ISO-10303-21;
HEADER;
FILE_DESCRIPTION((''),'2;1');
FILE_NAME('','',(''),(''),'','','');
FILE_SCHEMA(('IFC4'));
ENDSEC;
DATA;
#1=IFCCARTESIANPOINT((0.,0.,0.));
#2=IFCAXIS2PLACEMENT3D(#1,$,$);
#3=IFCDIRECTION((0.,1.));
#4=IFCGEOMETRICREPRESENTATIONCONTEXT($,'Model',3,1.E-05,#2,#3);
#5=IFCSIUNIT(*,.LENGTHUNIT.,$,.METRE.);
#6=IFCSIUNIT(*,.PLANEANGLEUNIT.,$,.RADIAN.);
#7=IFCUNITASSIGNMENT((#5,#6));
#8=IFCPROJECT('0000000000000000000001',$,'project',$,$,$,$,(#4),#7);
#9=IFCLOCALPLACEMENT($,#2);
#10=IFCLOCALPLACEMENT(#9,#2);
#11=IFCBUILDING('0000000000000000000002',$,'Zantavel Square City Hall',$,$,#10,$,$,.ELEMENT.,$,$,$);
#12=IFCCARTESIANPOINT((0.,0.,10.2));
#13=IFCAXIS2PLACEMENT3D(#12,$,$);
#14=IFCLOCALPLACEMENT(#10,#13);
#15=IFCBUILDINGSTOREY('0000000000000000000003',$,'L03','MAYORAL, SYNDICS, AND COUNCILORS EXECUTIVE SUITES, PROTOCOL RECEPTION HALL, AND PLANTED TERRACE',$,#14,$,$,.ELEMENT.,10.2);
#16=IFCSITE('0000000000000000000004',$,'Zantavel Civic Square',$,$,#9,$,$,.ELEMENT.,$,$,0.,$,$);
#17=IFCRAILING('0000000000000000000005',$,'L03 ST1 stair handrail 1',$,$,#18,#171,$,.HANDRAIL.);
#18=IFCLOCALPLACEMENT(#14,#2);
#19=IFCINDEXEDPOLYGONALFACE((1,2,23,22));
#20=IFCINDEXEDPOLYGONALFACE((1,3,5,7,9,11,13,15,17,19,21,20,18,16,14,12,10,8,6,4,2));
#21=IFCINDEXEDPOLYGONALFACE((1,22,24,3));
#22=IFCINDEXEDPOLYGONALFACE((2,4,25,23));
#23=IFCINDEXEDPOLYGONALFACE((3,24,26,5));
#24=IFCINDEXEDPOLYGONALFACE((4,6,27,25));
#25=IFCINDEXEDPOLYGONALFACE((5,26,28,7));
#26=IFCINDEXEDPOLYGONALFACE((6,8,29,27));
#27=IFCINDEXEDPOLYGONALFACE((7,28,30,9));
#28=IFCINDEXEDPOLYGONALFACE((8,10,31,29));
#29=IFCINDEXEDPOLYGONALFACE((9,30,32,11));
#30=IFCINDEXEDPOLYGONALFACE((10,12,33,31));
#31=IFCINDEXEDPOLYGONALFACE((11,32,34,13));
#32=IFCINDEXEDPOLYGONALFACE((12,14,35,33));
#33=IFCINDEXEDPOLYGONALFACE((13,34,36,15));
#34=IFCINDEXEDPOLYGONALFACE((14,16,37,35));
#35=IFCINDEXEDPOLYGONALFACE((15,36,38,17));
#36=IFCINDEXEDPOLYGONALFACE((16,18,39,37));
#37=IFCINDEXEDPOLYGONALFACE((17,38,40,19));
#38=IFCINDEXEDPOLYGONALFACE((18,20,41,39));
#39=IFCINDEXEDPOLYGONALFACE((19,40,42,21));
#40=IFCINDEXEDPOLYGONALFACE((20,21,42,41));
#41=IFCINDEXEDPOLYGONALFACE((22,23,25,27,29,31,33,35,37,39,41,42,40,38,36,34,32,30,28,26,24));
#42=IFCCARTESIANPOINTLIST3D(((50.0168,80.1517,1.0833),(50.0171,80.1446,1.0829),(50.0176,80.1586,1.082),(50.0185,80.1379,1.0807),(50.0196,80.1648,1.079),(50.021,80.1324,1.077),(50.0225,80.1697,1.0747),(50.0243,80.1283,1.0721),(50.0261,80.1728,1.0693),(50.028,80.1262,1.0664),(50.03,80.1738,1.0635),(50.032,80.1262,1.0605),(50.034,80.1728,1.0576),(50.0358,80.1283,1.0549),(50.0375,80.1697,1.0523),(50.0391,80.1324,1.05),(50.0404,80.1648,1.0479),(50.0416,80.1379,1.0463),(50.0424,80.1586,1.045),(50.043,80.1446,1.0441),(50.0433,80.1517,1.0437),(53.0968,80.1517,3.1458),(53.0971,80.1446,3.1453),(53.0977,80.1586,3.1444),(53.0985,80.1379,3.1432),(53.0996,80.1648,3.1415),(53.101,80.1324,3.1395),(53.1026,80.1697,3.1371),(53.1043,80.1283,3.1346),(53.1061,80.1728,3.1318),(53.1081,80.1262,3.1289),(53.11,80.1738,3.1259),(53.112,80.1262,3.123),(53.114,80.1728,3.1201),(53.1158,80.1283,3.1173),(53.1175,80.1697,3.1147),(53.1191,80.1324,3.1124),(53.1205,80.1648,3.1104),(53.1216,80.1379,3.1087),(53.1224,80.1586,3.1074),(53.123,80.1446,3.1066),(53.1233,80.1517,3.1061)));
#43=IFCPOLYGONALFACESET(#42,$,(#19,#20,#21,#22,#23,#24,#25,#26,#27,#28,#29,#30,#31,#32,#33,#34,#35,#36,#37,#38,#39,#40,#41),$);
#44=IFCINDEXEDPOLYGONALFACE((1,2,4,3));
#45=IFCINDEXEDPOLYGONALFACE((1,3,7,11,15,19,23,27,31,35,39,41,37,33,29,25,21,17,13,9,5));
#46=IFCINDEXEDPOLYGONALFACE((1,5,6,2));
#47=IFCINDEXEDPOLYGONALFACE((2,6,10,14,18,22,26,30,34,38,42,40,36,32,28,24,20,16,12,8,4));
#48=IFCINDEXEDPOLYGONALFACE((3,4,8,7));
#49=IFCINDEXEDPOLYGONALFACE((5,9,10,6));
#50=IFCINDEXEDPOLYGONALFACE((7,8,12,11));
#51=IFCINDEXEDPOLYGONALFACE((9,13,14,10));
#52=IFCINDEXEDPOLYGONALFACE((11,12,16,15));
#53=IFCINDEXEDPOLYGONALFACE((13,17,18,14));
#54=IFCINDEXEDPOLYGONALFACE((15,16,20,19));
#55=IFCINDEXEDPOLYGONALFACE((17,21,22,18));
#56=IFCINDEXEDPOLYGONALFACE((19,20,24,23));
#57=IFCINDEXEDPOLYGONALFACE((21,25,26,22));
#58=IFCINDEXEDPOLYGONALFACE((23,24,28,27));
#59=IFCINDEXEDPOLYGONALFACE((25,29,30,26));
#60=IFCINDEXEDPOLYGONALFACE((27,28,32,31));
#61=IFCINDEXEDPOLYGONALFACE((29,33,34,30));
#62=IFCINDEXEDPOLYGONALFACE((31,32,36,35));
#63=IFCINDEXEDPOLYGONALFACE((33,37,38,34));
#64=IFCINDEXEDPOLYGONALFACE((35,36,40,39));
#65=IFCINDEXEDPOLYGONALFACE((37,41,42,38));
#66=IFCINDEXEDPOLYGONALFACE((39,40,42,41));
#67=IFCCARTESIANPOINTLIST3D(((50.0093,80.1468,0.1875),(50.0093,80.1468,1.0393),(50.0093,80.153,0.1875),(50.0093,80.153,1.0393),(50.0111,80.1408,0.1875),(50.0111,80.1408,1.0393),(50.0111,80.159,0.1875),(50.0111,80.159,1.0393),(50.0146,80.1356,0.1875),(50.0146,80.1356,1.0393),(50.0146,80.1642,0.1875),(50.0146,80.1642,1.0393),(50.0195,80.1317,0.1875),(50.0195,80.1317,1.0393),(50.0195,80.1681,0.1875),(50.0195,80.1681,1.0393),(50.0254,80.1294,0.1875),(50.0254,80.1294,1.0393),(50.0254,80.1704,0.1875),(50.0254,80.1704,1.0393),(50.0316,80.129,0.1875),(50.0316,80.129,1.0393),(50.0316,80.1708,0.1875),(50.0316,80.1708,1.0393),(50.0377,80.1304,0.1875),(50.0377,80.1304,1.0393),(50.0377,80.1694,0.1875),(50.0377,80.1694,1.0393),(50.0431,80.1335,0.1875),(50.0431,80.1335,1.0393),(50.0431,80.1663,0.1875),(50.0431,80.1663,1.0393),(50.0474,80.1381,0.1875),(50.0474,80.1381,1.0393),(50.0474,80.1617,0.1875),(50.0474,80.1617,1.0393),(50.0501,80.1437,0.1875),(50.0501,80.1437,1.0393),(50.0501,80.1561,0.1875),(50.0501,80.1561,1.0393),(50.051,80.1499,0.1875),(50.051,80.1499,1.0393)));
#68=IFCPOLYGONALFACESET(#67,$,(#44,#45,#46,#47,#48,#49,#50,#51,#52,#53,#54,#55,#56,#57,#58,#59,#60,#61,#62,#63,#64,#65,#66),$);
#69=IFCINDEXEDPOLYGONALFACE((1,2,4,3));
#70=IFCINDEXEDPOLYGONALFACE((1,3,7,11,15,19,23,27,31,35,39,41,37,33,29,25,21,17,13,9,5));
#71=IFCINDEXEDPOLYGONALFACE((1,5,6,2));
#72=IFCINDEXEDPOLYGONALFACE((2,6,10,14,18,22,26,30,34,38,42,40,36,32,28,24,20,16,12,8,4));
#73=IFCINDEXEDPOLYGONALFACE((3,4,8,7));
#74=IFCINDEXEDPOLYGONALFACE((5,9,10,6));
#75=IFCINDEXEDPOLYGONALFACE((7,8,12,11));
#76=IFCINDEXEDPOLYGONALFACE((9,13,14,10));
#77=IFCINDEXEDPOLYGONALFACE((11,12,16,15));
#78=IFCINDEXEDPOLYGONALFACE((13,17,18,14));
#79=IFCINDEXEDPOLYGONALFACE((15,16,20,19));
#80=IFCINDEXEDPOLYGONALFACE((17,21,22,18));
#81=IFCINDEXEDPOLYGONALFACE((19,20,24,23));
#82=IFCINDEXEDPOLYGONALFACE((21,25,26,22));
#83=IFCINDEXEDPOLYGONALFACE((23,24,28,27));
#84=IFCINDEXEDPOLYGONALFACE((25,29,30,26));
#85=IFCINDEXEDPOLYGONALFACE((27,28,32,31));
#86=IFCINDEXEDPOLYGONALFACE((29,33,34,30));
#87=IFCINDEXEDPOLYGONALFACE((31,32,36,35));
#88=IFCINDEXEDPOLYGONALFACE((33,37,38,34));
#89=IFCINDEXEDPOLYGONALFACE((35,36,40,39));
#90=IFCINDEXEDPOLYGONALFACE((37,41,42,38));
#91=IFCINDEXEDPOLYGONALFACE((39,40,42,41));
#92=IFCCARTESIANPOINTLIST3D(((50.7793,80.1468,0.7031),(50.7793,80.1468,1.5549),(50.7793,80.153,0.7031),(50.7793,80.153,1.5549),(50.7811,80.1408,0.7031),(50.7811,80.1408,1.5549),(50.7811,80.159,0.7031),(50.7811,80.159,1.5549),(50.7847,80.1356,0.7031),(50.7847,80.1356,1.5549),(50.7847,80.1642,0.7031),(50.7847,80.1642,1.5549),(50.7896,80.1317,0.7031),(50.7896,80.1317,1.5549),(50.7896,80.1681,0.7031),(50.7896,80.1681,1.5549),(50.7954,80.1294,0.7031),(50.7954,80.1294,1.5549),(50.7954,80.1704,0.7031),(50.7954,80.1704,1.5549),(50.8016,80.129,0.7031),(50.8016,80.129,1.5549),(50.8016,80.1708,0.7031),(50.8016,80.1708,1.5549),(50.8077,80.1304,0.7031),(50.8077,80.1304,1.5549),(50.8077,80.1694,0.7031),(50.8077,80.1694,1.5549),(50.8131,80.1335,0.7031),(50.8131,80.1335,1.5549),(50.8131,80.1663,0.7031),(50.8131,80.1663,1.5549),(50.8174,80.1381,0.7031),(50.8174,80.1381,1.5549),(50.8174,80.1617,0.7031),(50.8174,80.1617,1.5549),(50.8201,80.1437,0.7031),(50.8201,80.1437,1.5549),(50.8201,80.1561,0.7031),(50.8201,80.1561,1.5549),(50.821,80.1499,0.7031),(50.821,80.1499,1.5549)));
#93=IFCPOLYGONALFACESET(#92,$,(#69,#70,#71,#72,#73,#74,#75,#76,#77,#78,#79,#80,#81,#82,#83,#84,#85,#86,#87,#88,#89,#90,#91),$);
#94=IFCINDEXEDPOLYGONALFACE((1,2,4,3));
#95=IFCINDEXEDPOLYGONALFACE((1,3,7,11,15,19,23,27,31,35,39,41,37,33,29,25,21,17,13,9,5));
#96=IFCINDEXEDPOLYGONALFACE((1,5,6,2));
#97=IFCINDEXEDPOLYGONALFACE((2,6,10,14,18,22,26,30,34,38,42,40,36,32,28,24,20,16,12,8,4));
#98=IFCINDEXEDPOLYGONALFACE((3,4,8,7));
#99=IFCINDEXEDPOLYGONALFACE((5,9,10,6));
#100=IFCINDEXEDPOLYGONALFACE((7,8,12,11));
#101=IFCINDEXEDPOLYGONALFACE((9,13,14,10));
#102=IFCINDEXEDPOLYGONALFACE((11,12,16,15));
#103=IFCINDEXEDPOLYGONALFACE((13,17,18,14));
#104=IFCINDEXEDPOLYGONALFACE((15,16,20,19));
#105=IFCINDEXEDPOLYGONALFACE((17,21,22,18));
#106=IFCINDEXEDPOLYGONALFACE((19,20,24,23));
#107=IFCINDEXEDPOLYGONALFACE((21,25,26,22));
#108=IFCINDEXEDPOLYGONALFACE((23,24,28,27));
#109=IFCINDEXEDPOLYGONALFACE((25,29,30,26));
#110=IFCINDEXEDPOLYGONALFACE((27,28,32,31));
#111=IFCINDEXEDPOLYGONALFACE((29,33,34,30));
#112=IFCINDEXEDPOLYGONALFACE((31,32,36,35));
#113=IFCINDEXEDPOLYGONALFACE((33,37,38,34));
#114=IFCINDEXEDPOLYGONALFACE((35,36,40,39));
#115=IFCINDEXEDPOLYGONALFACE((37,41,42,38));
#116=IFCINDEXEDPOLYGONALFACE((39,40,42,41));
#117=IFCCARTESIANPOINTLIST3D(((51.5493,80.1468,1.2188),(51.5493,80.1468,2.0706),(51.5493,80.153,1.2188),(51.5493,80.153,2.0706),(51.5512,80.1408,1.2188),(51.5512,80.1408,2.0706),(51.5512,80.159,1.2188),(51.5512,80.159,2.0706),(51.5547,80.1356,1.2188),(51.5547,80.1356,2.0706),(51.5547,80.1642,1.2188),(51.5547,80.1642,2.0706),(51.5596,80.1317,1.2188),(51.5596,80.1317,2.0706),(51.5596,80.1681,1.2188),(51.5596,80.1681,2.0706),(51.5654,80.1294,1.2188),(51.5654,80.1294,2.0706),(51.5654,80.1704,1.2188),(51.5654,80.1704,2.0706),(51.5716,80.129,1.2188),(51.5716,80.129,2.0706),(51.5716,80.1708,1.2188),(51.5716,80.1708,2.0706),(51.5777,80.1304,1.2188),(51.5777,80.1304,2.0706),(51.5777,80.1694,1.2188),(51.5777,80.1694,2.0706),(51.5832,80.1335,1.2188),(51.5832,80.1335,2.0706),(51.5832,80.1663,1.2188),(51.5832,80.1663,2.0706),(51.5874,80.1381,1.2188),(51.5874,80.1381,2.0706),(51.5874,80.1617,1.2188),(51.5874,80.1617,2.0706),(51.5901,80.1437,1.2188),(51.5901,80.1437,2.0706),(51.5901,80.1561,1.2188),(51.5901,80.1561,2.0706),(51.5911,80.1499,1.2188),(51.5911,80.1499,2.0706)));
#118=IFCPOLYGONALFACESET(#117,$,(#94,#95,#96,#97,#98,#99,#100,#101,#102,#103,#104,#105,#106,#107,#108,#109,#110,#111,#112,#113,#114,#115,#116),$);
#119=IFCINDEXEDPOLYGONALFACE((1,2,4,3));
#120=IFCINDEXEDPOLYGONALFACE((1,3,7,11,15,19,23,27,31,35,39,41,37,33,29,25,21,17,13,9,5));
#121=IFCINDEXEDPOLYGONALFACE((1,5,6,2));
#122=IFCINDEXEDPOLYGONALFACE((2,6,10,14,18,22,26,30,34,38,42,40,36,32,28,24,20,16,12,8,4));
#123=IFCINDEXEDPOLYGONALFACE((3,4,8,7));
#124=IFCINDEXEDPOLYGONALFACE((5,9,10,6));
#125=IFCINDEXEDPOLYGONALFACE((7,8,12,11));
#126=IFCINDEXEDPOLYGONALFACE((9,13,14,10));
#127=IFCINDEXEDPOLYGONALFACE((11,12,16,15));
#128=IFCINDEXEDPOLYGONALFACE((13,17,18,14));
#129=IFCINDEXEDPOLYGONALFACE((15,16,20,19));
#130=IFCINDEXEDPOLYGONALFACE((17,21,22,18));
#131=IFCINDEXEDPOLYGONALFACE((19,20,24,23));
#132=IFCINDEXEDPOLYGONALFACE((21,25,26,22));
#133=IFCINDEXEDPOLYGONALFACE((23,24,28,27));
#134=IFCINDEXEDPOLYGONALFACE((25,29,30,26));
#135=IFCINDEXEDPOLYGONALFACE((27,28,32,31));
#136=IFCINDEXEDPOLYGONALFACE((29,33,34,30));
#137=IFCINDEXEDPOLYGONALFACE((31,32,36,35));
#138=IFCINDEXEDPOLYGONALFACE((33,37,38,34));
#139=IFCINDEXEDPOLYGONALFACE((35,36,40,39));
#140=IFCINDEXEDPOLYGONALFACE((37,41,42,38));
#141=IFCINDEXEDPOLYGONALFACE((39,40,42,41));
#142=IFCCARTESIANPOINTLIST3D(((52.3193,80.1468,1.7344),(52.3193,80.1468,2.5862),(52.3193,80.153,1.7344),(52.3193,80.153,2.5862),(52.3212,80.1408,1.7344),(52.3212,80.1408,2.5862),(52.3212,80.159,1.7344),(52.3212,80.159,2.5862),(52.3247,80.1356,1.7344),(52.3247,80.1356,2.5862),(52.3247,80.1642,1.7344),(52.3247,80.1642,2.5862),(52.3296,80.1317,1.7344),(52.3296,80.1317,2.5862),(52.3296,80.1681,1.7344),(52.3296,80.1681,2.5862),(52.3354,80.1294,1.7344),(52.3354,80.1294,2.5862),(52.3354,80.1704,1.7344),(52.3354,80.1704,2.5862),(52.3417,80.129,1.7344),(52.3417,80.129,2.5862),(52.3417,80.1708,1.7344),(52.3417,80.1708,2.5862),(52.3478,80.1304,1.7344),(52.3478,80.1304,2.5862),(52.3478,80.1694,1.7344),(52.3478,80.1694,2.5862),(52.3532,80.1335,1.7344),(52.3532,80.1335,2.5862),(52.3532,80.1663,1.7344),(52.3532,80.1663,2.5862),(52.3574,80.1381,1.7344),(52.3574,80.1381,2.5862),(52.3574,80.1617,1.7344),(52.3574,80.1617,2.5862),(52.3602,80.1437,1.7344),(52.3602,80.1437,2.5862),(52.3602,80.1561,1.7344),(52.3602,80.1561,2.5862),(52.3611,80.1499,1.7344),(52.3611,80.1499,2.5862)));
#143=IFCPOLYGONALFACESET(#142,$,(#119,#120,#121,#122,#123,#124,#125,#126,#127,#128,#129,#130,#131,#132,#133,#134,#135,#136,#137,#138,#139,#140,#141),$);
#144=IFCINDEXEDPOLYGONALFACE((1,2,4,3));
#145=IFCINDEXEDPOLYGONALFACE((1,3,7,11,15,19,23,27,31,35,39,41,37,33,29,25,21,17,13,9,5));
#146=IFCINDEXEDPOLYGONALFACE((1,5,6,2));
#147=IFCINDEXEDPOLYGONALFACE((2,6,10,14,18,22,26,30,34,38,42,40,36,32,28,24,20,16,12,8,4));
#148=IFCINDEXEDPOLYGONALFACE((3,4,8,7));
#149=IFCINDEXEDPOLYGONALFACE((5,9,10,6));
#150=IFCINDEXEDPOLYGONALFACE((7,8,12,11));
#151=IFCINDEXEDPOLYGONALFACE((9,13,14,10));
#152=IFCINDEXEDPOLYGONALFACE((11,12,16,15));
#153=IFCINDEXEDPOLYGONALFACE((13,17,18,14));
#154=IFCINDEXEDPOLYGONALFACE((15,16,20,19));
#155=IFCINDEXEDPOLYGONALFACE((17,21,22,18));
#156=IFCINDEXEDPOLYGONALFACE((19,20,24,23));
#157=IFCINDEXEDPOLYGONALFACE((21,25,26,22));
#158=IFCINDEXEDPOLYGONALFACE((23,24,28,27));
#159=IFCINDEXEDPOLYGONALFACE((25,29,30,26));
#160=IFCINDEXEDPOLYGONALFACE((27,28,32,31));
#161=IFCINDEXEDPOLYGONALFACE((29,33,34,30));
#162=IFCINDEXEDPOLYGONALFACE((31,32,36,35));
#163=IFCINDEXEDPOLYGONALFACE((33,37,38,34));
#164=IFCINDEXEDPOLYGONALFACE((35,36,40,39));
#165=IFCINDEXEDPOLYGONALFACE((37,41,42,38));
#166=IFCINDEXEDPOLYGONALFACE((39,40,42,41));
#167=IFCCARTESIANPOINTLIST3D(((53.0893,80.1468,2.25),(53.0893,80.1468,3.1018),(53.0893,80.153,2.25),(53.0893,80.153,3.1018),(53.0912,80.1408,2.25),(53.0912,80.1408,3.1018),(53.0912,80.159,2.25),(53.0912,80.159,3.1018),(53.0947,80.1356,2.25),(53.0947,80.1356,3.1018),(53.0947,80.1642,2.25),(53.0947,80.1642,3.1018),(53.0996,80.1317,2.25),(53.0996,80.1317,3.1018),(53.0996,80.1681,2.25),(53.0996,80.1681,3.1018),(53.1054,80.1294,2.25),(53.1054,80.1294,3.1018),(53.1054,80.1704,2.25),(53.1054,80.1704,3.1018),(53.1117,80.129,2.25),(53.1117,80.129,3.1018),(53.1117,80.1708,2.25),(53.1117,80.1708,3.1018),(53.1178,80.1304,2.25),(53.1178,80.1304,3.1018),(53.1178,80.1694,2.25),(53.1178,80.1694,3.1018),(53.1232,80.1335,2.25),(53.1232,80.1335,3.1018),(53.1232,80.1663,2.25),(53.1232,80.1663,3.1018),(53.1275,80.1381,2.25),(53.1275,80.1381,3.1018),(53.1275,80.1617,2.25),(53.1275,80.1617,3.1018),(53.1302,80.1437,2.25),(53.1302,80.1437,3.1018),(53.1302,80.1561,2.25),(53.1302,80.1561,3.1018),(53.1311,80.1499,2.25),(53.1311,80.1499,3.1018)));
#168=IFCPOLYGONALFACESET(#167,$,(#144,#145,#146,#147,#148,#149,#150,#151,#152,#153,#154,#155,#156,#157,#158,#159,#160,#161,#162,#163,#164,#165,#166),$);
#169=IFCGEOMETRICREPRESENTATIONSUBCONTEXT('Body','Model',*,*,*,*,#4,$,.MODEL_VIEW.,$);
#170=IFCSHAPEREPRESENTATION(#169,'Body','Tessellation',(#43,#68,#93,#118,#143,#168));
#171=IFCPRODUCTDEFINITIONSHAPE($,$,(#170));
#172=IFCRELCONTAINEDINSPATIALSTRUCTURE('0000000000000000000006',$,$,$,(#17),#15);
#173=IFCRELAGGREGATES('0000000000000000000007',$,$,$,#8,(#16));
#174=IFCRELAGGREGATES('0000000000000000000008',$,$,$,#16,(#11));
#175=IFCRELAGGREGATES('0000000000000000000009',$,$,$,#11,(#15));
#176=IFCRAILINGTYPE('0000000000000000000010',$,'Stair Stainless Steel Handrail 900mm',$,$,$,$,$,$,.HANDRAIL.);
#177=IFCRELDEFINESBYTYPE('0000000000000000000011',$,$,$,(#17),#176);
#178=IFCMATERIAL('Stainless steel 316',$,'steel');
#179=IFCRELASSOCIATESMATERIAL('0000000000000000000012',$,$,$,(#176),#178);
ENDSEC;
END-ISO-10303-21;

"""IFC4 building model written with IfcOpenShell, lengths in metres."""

from ifc_helpers import new_model, si_unit, direction, frame, origin, origin_2d, place, context, subcontext, project, spatial, circle, extrude, material, type_object, element, save


model = new_model("IFC4")

# Units and contexts
model_context = context("Model", 3, precision=1e-05, world=origin(), true_north=direction((0.0, 1.0)))
body_context = subcontext(model_context, "Body", "Model", "MODEL_VIEW")
ifc_project = project(units=[si_unit("LENGTHUNIT", "METRE"), si_unit("PLANEANGLEUNIT", "RADIAN")], contexts=[model_context])

# Site, building, storey
site_placement = place(None, origin())
site = spatial("IfcSite", under=ifc_project, at=site_placement, Name="Zantavel Civic Square", CompositionType="ELEMENT", RefElevation=0.0)
building_placement = place(site_placement, origin())
building = spatial("IfcBuilding", under=site, at=building_placement, Name="Zantavel Square City Hall", CompositionType="ELEMENT")
storey_placement = place(building_placement, frame((0.0, 0.0, 10.2)))
storey = spatial("IfcBuildingStorey", under=building, at=storey_placement, Name="L03", Description="MAYORAL, SYNDICS, AND COUNCILORS EXECUTIVE SUITES, PROTOCOL RECEPTION HALL, AND PLANTED TERRACE", CompositionType="ELEMENT", Elevation=10.2)

# Railing
ifc_material_1 = material(Name="Stainless steel 316", Category="steel")
railing_type_1 = type_object("IfcRailingType", Name="Stair Stainless Steel Handrail 900mm", PredefinedType="HANDRAIL", material=ifc_material_1)
railing_1_placement = place(storey_placement, frame((50.03, 80.1499, 0.1875)))
element("IfcRailing", 1, at=railing_1_placement, inside=storey, type_object=railing_type_1, Name="L03 ST1 stair handrail 1", PredefinedType="HANDRAIL", context=body_context, shape_type="SweptSolid", body=[
    extrude(circle(Radius=0.0239, at=origin_2d()), frame((0.0, 0.0, 0.876), z_axis=(0.830914, 0.0, 0.556401), x_axis=(0.0, 1.0, 0.0)), (0.0, 0.0, 1.0), 3.7068),
    extrude(circle(Radius=0.021, at=origin_2d()), origin(), (0.0, 0.0, 1.0), 0.8518),
    extrude(circle(Radius=0.021, at=origin_2d()), frame((0.77, 0.0, 0.5156)), (0.0, 0.0, 1.0), 0.8518),
    extrude(circle(Radius=0.021, at=origin_2d()), frame((1.54, 0.0, 1.0312)), (0.0, 0.0, 1.0), 0.8518),
    extrude(circle(Radius=0.021, at=origin_2d()), frame((2.3101, 0.0, 1.5469)), (0.0, 0.0, 1.0), 0.8518),
    extrude(circle(Radius=0.021, at=origin_2d()), frame((3.0801, 0.0, 2.0625)), (0.0, 0.0, 1.0), 0.8518),
])

save(model, "model.ifc")
